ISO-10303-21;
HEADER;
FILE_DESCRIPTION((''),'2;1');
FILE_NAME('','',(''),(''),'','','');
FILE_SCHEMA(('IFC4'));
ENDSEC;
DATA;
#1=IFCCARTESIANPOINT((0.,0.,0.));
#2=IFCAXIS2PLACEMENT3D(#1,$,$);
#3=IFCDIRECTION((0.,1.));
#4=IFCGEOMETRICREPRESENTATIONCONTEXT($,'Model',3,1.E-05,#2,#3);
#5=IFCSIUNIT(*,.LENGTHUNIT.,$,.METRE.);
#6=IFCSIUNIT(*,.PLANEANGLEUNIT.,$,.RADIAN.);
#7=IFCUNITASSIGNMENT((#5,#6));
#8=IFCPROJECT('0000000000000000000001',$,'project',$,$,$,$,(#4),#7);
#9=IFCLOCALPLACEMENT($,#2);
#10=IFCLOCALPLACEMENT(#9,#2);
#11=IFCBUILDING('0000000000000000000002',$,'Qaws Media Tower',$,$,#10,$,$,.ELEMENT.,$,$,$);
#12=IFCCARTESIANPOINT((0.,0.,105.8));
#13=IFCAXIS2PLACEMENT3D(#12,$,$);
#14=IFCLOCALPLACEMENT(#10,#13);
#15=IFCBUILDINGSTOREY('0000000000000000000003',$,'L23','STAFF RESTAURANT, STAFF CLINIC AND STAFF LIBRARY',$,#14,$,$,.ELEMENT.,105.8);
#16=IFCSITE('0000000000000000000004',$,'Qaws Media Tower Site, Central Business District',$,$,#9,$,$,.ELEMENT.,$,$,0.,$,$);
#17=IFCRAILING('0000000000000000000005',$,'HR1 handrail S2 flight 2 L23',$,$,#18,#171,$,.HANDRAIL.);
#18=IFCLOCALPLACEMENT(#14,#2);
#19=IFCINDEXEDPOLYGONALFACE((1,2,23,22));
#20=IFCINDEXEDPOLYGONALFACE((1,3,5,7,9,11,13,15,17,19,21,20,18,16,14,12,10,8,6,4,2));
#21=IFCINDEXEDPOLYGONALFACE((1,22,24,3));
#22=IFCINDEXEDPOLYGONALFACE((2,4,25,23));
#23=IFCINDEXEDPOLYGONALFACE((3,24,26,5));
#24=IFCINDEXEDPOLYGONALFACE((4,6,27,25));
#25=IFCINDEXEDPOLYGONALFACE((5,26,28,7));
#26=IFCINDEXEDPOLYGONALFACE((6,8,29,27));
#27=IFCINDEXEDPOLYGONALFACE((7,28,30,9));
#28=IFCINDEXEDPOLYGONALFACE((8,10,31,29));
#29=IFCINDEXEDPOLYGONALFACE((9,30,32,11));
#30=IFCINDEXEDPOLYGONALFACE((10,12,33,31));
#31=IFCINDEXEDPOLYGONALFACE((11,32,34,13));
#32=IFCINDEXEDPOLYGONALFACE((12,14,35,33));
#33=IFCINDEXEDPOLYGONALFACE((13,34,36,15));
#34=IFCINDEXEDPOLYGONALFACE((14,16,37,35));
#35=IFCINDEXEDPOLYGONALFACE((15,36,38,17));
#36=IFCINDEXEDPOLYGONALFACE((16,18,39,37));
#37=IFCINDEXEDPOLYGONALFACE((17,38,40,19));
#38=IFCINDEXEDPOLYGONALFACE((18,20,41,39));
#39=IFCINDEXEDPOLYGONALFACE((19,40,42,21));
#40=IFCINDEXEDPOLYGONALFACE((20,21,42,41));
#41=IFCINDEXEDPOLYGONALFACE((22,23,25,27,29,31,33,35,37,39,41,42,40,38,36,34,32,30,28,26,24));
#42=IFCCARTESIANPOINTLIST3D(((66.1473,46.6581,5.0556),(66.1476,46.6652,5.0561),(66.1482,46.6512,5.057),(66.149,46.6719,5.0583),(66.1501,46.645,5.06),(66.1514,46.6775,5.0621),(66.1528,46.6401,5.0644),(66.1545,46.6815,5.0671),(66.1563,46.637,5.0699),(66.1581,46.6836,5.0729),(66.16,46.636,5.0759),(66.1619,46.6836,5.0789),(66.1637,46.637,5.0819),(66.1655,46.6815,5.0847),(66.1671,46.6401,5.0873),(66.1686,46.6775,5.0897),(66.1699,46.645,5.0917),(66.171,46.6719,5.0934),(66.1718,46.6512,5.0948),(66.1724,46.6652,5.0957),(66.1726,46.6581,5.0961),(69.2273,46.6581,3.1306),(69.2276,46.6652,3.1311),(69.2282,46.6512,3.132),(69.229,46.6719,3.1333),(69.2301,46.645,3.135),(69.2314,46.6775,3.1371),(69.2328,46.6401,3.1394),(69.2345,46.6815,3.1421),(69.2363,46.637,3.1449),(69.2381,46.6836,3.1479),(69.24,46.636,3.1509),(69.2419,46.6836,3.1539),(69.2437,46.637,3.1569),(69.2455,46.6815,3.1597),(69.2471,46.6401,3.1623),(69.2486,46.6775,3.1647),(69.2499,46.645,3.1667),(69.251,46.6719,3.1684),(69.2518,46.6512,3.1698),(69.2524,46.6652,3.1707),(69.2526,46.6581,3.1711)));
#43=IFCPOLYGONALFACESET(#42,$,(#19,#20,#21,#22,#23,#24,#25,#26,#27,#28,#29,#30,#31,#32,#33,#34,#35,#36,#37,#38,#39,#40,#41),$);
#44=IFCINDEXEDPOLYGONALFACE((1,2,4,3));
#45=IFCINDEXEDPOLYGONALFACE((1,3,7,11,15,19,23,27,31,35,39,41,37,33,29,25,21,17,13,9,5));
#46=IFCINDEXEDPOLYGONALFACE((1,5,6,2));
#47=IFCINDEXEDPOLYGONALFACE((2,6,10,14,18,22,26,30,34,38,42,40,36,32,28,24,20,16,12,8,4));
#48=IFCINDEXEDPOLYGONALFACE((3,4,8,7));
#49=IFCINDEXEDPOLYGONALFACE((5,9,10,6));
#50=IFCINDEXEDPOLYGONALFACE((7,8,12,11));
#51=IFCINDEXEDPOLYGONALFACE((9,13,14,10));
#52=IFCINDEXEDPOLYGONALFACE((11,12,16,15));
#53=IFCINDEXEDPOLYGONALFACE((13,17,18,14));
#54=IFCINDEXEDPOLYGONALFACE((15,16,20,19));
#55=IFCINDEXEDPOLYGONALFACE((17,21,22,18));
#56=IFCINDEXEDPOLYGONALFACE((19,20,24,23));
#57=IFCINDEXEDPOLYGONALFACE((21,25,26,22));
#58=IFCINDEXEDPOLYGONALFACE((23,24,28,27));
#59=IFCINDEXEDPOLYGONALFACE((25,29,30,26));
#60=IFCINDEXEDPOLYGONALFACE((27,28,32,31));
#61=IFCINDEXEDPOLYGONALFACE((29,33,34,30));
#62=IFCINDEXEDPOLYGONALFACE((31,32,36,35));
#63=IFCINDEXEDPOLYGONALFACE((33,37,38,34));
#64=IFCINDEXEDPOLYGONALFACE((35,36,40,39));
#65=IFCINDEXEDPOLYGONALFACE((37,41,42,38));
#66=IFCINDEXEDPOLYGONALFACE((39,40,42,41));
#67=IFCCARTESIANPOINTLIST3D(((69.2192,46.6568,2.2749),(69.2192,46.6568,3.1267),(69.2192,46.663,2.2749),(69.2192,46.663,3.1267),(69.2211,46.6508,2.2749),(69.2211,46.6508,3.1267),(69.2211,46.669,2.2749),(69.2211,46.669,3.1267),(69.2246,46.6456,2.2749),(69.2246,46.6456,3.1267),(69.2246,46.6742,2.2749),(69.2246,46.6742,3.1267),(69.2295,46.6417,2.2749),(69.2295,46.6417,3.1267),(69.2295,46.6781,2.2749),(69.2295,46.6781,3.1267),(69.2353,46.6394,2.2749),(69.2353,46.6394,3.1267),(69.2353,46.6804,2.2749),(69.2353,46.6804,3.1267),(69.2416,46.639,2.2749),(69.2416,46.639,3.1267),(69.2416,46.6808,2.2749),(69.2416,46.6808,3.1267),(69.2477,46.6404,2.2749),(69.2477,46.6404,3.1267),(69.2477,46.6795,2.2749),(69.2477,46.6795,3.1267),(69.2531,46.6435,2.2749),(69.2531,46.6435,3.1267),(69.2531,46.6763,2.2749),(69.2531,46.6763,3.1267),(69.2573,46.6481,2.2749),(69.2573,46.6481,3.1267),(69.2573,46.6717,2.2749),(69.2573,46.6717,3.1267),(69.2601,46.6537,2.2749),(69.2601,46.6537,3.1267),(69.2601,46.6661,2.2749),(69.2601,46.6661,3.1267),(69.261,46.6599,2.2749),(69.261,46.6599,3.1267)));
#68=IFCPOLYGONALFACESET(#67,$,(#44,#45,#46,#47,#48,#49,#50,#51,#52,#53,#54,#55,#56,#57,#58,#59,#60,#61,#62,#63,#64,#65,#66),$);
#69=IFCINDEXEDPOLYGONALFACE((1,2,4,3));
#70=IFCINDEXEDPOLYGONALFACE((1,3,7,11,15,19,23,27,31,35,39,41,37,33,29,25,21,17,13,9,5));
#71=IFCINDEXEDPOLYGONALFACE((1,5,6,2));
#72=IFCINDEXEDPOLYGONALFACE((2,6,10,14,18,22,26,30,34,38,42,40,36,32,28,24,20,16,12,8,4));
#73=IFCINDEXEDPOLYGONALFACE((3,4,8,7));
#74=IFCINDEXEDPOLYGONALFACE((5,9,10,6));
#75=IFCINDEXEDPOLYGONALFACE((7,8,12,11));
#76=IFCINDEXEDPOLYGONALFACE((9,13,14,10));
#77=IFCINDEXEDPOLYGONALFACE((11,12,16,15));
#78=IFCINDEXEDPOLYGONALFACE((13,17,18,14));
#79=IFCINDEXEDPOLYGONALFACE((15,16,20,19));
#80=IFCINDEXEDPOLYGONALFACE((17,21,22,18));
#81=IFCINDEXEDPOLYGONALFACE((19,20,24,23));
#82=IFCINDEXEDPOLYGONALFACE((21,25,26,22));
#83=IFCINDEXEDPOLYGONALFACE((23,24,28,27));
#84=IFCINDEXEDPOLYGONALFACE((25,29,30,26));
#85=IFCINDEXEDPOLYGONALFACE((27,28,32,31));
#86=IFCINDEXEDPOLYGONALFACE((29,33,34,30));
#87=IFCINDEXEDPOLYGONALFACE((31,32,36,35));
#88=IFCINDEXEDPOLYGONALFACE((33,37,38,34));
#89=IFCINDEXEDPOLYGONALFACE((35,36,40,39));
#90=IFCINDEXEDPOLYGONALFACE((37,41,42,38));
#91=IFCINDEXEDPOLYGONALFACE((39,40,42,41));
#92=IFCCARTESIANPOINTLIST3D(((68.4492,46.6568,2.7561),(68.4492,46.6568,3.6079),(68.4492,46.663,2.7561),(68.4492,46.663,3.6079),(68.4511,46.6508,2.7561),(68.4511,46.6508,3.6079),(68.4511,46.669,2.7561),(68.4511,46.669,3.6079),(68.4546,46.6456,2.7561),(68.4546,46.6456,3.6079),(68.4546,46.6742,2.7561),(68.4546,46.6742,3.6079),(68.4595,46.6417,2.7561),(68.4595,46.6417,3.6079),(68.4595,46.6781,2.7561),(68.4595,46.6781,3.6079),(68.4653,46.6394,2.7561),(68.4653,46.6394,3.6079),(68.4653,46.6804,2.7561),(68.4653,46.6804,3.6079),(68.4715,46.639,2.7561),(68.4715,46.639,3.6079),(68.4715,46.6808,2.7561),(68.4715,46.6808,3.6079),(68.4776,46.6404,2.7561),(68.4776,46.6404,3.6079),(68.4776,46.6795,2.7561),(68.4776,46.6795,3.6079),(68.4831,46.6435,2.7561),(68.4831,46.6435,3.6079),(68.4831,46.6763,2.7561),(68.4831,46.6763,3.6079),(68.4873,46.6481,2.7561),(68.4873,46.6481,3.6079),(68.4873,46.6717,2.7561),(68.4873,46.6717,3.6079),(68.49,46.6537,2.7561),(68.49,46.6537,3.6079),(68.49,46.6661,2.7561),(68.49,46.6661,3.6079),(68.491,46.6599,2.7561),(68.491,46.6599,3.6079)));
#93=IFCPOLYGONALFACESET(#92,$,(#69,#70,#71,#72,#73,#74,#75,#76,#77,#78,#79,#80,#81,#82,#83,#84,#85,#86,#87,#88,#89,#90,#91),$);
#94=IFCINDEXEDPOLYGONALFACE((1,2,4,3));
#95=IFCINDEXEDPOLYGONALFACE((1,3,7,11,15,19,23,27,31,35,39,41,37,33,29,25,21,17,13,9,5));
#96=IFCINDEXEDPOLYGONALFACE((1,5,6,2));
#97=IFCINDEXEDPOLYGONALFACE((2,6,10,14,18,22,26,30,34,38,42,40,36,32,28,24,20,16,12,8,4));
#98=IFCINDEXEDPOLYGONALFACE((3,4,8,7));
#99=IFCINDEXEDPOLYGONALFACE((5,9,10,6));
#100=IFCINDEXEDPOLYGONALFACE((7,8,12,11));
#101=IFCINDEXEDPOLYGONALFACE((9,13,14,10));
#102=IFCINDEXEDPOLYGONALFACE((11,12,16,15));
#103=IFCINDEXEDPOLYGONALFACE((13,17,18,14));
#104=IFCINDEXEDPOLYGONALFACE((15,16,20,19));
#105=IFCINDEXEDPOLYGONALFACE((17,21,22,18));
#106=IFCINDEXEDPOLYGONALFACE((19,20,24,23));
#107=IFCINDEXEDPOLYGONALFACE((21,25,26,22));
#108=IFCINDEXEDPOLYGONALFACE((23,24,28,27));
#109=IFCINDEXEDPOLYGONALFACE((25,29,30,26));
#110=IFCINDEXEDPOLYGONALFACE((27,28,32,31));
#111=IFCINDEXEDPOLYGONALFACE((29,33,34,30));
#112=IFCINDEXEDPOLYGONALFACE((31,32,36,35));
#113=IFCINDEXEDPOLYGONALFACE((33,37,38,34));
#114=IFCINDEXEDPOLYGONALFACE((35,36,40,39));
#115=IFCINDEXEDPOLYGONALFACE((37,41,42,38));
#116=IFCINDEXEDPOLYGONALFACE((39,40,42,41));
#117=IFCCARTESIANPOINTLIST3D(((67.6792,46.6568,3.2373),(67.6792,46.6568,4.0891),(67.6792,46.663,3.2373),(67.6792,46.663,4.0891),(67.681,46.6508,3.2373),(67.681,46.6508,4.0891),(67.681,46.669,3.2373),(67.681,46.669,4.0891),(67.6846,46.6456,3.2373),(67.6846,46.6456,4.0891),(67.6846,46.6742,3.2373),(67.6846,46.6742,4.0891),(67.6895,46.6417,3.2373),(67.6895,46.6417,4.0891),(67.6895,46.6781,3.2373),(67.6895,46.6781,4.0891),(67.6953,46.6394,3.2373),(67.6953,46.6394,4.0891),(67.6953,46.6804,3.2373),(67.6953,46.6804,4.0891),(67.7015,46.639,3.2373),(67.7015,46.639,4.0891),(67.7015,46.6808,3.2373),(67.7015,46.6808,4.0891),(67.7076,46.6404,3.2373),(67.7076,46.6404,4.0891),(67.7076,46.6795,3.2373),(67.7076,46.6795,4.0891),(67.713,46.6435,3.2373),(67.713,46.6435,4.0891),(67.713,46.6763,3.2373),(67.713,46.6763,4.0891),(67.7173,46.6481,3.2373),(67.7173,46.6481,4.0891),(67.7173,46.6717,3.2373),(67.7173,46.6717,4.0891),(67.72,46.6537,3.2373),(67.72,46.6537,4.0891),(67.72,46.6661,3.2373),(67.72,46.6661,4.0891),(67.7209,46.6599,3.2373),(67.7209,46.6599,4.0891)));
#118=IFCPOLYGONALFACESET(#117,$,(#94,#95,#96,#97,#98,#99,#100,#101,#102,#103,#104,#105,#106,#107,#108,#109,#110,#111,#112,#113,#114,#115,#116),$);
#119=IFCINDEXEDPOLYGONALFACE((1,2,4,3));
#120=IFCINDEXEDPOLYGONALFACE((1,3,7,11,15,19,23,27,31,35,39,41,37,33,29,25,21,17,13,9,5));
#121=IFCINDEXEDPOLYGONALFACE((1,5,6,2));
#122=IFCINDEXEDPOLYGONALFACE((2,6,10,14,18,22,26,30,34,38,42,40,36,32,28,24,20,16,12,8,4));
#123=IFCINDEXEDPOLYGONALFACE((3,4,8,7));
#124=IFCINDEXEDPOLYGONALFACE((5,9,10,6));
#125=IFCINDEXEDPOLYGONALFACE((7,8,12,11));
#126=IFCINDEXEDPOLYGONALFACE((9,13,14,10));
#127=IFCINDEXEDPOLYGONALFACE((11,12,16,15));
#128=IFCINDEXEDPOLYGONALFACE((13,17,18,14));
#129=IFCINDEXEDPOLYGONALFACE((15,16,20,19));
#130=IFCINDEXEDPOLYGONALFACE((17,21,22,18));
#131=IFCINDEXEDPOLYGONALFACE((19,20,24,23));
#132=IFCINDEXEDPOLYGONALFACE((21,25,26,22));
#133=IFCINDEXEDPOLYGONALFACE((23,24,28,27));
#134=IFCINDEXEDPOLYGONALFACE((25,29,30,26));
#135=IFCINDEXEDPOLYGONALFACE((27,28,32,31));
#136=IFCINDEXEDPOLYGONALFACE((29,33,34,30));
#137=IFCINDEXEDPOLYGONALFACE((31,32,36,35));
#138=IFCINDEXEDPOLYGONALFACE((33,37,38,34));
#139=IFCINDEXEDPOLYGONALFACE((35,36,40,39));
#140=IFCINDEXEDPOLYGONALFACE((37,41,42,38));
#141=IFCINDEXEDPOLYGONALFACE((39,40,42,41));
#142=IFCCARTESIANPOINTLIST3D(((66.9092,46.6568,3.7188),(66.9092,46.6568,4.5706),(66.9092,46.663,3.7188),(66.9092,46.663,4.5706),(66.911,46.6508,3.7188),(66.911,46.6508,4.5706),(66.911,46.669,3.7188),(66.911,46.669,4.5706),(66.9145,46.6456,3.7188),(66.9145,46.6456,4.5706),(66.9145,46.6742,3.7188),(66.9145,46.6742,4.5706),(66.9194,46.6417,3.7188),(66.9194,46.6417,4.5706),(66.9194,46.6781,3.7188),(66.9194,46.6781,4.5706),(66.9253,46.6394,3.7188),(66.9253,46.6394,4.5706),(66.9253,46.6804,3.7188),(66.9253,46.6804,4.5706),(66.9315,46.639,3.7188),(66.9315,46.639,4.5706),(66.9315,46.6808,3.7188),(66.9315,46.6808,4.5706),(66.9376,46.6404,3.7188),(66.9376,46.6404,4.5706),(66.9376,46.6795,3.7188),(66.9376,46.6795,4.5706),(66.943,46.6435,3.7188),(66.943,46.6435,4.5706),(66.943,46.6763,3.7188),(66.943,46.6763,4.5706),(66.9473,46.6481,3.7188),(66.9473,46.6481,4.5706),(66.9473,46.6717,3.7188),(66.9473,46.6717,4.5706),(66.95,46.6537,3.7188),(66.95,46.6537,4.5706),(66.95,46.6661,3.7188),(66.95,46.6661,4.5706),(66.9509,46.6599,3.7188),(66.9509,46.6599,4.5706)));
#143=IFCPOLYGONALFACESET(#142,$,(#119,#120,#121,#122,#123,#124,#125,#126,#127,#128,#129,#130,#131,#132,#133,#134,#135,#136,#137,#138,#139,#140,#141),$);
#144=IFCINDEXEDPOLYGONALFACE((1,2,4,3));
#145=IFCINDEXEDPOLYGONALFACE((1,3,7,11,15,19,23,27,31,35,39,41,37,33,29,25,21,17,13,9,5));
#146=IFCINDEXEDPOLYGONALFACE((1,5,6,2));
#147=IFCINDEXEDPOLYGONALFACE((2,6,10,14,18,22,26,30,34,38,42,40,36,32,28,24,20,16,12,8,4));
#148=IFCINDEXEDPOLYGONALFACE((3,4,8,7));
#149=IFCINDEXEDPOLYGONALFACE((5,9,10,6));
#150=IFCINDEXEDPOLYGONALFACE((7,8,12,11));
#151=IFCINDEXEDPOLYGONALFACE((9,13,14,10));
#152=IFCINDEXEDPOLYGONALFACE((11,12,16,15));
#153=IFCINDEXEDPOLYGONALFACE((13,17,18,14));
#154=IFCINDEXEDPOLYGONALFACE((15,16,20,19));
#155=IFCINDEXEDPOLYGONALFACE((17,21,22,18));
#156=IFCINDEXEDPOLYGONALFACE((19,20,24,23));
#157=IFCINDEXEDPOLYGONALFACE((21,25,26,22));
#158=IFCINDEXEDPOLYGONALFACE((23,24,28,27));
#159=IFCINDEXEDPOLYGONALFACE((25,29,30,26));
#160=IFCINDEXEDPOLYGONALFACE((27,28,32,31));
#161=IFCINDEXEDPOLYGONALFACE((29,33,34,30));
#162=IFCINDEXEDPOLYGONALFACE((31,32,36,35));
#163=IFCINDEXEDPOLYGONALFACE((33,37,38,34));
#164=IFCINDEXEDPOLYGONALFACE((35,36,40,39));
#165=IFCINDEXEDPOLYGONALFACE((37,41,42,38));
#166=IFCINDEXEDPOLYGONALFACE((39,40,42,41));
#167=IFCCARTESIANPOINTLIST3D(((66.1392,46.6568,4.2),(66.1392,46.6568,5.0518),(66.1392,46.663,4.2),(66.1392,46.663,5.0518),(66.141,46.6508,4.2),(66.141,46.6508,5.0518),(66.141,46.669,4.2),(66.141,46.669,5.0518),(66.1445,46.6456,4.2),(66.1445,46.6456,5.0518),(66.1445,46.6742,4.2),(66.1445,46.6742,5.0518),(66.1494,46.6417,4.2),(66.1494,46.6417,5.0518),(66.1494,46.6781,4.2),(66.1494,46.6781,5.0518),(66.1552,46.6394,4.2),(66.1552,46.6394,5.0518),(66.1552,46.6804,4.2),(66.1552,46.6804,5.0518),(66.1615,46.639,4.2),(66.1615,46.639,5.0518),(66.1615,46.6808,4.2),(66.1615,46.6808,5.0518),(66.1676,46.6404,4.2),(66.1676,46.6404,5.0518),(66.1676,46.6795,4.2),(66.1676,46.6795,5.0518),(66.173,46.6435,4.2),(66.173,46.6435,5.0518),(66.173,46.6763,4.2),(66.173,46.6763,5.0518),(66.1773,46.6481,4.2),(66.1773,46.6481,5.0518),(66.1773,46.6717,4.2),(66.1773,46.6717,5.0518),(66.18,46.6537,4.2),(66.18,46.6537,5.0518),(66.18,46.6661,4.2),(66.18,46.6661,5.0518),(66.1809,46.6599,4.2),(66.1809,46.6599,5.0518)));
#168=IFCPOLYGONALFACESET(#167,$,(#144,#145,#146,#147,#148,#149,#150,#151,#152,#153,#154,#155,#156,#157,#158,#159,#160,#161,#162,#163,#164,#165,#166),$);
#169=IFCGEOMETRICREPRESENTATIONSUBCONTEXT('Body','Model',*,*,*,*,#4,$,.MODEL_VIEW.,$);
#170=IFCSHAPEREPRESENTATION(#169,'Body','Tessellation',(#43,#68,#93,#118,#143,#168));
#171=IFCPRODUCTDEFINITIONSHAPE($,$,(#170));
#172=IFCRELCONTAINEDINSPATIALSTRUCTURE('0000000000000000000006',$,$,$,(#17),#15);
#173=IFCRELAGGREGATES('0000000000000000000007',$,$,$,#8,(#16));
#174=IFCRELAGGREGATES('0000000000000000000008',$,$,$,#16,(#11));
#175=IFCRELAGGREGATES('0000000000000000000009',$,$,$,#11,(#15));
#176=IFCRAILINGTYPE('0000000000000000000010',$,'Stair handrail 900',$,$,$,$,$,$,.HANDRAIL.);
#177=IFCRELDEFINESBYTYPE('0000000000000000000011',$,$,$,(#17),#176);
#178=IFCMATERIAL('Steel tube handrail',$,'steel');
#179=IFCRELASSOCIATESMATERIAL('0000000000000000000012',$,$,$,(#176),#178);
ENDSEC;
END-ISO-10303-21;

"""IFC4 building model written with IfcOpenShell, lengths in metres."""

from ifc_helpers import new_model, si_unit, direction, frame, origin, origin_2d, place, context, subcontext, project, spatial, circle, extrude, material, type_object, element, save


model = new_model("IFC4")

# Units and contexts
model_context = context("Model", 3, precision=1e-05, world=origin(), true_north=direction((0.0, 1.0)))
body_context = subcontext(model_context, "Body", "Model", "MODEL_VIEW")
ifc_project = project(units=[si_unit("LENGTHUNIT", "METRE"), si_unit("PLANEANGLEUNIT", "RADIAN")], contexts=[model_context])

# Site, building, storey
site_placement = place(None, origin())
site = spatial("IfcSite", under=ifc_project, at=site_placement, Name="Qaws Media Tower Site, Central Business District", CompositionType="ELEMENT", RefElevation=0.0)
building_placement = place(site_placement, origin())
building = spatial("IfcBuilding", under=site, at=building_placement, Name="Qaws Media Tower", CompositionType="ELEMENT")
storey_placement = place(building_placement, frame((0.0, 0.0, 105.8)))
storey = spatial("IfcBuildingStorey", under=building, at=storey_placement, Name="L23", Description="STAFF RESTAURANT, STAFF CLINIC AND STAFF LIBRARY", CompositionType="ELEMENT", Elevation=105.8)

# Railing
ifc_material_1 = material(Name="Steel tube handrail", Category="steel")
railing_type = type_object("IfcRailingType", Name="Stair handrail 900", PredefinedType="HANDRAIL", material=ifc_material_1)
for number, where, name in (
    (1, (69.24, 46.6599, 2.2749), "HR1 handrail S2 flight 2 L23"),
):
    element("IfcRailing", number, at=place(storey_placement, frame(where)), inside=storey, type_object=railing_type, Name=name, PredefinedType="HANDRAIL", context=body_context, shape_type="SweptSolid", body=[
        extrude(circle(Radius=0.0239, at=origin_2d()), frame((0.0, 0.0, 0.876), z_axis=(-0.847998, 0.0, 0.529999), x_axis=(0.0, -1.0, 0.0)), (0.0, 0.0, 1.0), 3.6321),
        extrude(circle(Radius=0.021, at=origin_2d()), origin(), (0.0, 0.0, 1.0), 0.8518),
        extrude(circle(Radius=0.021, at=origin_2d()), frame((-0.77, 0.0, 0.4812)), (0.0, 0.0, 1.0), 0.8518),
        extrude(circle(Radius=0.021, at=origin_2d()), frame((-1.54, 0.0, 0.9624)), (0.0, 0.0, 1.0), 0.8518),
        extrude(circle(Radius=0.021, at=origin_2d()), frame((-2.3101, 0.0, 1.4438)), (0.0, 0.0, 1.0), 0.8518),
        extrude(circle(Radius=0.021, at=origin_2d()), frame((-3.0801, 0.0, 1.925)), (0.0, 0.0, 1.0), 0.8518),
    ])

save(model, "model.ifc")
